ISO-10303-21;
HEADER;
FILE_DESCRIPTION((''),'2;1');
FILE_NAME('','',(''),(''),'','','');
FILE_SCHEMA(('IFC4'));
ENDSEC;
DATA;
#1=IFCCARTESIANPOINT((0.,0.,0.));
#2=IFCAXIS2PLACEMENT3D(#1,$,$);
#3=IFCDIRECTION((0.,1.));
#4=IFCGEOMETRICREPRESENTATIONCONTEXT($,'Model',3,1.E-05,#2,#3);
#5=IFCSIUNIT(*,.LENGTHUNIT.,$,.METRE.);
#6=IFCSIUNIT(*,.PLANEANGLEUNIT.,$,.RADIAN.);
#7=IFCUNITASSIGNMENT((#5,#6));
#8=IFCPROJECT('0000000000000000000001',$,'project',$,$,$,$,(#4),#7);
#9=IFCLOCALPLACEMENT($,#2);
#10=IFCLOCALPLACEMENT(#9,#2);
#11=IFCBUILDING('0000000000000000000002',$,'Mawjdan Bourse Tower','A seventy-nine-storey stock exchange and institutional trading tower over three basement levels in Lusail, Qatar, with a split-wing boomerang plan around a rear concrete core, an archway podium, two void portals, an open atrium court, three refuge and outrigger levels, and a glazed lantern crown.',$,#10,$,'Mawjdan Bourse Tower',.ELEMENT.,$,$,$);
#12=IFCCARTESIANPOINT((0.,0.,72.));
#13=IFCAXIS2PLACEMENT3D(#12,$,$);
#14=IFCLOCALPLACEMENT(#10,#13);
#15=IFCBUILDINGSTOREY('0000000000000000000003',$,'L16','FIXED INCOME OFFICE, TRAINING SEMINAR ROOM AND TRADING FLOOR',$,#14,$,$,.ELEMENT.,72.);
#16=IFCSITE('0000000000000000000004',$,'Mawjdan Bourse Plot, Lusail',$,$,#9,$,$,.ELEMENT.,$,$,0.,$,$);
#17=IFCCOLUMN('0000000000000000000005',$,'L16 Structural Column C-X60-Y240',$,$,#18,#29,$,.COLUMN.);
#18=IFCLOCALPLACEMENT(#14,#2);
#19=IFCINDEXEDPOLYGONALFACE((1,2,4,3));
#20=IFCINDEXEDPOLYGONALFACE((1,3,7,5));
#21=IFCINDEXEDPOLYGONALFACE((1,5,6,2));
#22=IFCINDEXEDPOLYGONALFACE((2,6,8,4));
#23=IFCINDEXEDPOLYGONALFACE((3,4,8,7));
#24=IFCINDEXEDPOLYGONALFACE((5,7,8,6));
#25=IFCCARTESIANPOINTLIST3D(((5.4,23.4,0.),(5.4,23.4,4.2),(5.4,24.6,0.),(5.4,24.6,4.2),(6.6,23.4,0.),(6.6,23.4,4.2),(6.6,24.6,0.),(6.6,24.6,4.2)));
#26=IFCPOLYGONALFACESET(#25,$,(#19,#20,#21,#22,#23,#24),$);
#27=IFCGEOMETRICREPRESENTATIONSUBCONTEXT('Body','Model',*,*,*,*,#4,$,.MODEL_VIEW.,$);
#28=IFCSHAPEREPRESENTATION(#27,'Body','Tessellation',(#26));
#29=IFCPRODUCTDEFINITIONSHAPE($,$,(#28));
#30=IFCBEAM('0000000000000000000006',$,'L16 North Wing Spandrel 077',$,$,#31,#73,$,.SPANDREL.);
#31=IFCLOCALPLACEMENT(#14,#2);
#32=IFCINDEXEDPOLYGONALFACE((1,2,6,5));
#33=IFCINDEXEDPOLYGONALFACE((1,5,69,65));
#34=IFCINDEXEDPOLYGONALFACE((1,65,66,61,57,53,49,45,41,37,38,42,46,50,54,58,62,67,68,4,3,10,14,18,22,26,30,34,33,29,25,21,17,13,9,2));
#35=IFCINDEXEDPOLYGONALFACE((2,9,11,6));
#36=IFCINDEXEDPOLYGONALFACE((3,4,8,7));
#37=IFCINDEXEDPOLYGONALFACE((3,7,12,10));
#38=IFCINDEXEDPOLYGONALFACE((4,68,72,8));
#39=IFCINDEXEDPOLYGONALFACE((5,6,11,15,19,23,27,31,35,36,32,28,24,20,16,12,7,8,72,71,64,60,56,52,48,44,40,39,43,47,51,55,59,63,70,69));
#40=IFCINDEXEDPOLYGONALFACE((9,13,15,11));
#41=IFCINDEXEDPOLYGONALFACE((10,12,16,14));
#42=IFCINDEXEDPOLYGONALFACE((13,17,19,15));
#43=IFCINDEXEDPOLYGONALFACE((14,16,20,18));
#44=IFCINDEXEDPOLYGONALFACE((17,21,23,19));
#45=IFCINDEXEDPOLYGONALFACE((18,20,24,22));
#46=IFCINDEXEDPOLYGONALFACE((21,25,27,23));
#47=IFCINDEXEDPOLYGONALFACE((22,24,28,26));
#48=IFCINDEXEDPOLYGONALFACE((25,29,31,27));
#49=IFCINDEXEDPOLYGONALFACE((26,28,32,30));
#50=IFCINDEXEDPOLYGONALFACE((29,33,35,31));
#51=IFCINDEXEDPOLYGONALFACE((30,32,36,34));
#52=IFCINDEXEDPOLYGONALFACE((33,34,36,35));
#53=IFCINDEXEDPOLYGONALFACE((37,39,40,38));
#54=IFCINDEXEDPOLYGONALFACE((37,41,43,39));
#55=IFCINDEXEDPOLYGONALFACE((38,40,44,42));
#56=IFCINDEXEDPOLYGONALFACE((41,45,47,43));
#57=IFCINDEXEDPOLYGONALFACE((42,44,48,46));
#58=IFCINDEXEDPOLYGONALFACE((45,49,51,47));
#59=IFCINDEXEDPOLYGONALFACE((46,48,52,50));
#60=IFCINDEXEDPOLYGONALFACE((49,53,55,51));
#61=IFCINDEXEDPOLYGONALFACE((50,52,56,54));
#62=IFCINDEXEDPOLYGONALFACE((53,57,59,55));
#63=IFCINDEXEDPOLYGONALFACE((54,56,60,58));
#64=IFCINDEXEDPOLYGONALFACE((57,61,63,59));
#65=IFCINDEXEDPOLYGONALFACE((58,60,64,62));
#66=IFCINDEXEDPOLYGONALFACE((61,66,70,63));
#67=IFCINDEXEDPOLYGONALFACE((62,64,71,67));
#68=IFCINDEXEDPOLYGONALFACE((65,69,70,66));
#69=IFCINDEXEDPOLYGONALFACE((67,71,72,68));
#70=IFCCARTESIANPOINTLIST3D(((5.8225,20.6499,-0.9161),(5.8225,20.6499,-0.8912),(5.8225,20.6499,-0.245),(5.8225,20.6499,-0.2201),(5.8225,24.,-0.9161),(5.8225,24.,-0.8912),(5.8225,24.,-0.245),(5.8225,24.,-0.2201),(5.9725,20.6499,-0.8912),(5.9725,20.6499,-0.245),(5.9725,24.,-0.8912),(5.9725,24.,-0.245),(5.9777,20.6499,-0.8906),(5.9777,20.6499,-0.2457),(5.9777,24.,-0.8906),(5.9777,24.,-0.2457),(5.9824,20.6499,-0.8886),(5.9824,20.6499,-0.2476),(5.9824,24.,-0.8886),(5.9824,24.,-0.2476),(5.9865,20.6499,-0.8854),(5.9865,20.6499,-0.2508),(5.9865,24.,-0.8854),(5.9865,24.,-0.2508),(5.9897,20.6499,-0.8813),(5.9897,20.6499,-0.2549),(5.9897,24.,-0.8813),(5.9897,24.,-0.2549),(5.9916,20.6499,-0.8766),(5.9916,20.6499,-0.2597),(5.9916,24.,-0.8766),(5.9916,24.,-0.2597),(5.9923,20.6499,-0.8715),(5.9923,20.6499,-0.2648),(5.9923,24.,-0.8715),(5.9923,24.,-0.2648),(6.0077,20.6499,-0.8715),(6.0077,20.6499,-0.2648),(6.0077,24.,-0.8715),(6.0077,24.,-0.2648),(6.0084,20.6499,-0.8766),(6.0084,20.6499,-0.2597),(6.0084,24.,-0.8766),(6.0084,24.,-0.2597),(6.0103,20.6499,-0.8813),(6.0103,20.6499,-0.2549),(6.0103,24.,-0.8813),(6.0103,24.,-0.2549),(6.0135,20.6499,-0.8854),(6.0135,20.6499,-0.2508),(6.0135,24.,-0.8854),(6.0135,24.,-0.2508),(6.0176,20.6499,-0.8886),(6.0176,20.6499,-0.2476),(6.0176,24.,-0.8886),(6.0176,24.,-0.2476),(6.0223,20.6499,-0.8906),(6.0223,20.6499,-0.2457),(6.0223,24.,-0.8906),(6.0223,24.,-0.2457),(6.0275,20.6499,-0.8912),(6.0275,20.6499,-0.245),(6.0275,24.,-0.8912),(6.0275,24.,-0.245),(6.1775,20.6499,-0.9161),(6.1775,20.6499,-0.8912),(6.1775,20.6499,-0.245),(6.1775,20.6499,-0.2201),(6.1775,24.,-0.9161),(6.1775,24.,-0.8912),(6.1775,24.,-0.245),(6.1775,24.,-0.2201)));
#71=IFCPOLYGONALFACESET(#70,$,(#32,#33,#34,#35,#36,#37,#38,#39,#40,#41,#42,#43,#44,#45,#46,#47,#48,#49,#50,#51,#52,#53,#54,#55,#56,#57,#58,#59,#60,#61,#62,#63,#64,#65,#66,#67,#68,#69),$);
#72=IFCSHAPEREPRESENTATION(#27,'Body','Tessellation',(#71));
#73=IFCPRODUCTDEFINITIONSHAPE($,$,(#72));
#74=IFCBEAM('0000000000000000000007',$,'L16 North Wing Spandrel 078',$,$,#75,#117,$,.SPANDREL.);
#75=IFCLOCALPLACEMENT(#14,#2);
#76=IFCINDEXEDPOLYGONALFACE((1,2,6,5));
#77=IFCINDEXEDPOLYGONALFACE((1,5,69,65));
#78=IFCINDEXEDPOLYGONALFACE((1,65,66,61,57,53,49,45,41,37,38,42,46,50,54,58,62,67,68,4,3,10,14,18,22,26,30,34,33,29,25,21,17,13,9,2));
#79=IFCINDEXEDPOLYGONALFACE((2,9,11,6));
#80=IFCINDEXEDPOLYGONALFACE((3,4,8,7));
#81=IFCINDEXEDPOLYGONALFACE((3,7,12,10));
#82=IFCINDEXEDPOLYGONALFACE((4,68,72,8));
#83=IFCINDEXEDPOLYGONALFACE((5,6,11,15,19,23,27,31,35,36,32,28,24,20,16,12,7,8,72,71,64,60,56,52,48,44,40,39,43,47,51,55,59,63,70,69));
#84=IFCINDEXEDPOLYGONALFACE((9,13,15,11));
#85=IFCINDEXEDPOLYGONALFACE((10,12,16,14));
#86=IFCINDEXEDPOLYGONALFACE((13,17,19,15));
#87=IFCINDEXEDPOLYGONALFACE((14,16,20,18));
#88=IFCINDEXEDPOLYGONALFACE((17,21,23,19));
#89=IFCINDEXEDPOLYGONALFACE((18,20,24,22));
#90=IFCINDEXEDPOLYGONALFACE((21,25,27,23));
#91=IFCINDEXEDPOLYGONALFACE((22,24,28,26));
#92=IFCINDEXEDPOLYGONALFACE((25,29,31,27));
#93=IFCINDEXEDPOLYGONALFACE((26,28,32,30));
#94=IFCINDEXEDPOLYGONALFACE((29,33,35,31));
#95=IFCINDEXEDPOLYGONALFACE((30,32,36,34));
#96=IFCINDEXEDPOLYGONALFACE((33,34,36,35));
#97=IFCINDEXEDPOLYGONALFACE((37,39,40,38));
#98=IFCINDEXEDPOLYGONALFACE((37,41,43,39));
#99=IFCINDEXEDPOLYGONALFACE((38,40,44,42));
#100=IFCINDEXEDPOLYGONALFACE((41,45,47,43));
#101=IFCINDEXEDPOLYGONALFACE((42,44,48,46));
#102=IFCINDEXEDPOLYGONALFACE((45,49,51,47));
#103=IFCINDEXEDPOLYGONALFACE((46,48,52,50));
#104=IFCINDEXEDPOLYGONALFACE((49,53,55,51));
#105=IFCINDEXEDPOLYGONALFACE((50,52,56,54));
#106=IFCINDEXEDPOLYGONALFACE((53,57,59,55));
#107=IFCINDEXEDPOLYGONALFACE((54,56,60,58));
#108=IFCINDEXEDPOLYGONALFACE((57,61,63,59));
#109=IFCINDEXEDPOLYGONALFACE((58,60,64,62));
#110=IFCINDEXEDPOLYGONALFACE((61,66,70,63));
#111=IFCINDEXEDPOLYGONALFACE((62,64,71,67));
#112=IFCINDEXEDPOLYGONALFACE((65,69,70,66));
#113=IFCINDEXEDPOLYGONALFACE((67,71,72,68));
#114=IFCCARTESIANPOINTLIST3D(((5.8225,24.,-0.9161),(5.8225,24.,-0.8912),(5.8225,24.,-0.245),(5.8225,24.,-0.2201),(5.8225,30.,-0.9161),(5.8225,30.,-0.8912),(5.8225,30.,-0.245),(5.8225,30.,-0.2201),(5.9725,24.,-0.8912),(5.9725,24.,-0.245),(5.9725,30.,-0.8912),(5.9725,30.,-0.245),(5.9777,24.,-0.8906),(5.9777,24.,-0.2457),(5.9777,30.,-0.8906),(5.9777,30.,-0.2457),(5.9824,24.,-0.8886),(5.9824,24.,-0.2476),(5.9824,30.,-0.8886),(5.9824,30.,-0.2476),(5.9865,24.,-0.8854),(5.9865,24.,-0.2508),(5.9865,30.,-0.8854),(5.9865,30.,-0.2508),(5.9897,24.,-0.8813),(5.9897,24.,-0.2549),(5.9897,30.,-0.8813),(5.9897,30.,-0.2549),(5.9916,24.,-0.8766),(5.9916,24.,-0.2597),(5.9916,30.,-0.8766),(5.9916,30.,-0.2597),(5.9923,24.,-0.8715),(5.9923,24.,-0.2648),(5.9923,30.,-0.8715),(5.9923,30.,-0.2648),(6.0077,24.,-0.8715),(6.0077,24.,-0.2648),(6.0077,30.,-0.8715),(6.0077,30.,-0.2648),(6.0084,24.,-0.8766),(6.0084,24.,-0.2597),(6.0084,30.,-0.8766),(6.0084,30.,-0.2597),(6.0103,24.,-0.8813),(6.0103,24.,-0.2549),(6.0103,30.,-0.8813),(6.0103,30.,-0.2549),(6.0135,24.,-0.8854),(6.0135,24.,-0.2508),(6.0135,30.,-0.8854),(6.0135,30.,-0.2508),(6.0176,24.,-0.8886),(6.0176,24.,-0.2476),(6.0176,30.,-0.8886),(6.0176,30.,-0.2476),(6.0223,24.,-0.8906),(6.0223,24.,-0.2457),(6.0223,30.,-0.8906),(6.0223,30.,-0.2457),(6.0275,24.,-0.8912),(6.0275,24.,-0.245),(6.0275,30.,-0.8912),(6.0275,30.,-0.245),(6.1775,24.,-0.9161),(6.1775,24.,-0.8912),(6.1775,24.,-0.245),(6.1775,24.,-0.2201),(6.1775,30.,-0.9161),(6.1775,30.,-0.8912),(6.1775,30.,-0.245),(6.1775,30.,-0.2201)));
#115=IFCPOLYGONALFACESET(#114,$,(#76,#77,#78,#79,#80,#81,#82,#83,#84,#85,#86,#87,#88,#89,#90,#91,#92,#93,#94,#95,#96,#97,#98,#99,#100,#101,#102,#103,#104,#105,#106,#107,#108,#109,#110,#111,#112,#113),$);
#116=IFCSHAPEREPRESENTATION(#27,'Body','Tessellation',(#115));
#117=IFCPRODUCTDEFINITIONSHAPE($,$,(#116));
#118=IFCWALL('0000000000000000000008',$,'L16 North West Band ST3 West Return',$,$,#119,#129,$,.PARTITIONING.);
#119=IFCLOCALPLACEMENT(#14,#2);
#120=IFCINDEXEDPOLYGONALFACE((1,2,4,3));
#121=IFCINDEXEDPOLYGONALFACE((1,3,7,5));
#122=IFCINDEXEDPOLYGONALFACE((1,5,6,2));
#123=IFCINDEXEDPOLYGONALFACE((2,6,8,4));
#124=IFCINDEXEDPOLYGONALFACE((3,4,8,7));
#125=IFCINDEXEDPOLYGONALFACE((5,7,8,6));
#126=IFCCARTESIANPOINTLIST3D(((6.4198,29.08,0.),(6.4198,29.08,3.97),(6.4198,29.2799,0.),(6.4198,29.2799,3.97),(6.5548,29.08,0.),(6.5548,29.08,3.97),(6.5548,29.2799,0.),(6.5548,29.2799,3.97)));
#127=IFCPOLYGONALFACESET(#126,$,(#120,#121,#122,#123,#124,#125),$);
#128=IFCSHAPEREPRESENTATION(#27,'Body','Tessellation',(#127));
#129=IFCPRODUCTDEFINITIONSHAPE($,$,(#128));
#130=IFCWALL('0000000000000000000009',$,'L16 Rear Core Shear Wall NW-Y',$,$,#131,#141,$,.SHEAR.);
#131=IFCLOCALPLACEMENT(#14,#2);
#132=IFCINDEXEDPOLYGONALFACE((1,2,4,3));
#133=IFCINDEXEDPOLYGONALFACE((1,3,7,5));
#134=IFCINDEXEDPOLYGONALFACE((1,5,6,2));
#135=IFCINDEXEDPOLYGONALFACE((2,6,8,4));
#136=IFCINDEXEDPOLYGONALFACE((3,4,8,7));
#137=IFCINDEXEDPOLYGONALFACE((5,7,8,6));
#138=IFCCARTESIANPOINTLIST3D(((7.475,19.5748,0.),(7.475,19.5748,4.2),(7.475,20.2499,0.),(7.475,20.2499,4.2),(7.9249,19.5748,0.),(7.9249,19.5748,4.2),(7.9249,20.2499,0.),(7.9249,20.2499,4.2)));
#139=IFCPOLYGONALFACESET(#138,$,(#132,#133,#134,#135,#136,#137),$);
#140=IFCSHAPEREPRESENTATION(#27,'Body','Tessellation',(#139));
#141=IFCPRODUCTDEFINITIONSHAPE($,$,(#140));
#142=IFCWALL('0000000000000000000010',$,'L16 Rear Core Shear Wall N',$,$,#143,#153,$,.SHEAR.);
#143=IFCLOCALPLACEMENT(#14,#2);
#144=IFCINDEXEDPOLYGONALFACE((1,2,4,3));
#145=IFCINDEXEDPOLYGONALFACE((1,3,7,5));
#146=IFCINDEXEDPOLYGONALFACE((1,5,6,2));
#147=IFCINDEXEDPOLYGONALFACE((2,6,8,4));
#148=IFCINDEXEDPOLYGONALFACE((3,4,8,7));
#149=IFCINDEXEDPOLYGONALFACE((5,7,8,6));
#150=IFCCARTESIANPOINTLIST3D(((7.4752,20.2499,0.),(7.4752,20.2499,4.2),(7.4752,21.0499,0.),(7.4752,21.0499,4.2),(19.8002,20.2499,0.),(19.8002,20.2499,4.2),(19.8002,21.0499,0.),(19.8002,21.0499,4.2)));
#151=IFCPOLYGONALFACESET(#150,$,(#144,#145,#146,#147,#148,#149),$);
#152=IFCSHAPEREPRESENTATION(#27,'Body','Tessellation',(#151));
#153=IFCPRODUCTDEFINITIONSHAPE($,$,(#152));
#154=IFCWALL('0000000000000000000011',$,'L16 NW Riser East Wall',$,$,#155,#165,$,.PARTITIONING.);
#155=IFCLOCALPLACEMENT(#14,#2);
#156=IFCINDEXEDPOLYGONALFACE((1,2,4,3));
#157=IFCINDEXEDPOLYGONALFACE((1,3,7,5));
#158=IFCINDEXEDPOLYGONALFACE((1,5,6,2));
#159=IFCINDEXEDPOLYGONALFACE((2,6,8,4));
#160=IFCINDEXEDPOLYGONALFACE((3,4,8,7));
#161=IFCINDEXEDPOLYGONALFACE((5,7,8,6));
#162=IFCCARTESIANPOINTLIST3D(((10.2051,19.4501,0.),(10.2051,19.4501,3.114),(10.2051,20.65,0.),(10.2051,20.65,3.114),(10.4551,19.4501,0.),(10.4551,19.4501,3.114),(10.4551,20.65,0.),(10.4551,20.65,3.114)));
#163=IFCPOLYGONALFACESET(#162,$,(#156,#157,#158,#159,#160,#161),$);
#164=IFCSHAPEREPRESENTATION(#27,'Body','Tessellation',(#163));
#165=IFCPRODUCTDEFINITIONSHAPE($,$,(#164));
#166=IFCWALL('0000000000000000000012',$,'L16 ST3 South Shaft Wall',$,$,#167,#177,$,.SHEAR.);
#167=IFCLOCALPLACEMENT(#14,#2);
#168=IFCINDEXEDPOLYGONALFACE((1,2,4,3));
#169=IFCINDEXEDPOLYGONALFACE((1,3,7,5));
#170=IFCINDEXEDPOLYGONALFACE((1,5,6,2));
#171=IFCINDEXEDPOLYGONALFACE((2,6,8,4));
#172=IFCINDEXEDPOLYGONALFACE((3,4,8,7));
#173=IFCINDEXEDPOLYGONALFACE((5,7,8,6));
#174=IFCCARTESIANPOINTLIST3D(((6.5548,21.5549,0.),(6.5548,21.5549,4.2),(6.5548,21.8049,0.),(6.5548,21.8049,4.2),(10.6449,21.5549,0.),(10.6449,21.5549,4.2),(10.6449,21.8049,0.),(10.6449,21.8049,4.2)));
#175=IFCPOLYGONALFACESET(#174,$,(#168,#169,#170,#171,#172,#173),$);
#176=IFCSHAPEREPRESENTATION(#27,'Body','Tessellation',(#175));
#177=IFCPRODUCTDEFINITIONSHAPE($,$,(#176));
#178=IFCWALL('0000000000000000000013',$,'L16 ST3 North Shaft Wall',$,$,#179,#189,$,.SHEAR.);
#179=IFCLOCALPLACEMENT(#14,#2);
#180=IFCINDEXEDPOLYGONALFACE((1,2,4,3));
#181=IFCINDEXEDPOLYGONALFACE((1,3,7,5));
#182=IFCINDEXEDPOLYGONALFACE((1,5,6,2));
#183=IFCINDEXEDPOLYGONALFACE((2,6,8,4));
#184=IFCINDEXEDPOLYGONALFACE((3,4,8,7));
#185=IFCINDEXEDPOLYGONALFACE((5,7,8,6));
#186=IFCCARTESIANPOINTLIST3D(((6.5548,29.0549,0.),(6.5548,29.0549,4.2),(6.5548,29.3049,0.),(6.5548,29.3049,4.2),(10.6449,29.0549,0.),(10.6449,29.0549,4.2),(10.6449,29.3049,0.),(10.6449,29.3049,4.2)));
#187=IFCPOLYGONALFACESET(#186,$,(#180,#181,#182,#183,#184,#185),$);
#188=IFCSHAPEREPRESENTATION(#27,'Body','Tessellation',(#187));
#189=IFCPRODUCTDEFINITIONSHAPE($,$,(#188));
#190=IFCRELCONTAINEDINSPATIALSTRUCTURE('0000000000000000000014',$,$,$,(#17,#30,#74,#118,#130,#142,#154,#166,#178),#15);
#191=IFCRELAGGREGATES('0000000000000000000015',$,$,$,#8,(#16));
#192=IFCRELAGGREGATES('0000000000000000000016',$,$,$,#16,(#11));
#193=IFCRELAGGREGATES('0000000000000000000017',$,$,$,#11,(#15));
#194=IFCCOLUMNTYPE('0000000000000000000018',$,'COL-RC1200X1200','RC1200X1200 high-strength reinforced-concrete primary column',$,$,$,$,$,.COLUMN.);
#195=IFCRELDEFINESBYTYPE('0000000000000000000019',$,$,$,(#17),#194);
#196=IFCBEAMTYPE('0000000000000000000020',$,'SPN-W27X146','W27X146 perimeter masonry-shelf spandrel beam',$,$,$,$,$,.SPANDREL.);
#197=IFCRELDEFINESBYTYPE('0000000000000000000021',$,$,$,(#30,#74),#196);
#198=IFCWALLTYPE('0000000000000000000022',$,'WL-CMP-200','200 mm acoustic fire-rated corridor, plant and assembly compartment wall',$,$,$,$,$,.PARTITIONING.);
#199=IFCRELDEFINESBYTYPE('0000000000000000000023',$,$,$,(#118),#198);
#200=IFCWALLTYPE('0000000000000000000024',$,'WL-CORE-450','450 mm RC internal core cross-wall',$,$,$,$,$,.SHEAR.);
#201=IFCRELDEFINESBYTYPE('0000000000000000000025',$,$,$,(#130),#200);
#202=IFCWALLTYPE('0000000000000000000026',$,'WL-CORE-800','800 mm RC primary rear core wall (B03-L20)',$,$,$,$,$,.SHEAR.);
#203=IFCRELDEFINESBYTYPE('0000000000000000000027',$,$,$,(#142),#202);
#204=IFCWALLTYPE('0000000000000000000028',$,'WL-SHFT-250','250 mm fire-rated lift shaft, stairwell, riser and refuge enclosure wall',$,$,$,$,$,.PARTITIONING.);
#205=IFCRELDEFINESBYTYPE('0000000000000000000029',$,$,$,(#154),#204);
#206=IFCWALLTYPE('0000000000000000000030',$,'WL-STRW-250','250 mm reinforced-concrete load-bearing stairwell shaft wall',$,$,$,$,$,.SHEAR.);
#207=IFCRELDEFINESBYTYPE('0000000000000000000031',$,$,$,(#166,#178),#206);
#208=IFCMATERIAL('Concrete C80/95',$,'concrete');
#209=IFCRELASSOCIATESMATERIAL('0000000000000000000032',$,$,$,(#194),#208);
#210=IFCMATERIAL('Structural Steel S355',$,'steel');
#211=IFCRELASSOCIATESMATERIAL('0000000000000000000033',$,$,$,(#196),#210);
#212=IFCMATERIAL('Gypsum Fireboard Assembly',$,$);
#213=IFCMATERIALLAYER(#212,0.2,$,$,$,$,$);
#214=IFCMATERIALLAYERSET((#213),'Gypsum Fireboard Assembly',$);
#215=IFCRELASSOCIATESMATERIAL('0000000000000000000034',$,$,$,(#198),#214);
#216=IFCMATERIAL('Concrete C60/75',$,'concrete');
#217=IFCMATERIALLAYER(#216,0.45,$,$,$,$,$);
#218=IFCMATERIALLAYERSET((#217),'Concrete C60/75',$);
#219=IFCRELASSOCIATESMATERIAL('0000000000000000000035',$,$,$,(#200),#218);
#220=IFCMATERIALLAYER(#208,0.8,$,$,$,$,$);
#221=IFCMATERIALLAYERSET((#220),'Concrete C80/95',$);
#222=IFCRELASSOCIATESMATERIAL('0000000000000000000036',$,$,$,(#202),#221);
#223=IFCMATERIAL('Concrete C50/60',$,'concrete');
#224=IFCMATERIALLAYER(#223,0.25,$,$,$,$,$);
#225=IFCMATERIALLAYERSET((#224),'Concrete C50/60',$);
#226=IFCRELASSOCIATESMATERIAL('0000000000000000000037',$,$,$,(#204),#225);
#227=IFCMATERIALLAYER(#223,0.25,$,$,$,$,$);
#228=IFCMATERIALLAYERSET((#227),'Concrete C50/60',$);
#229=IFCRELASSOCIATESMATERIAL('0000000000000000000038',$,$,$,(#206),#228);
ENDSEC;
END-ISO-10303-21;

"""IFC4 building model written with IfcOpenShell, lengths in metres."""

from ifc_helpers import new_model, si_unit, direction, frame, frame_2d, origin, origin_2d, place, context, subcontext, project, spatial, rectangle, i_section, extrude, material, layer, layer_set, material_profile, profile_set, type_object, element, save


model = new_model("IFC4")

# Units and contexts
model_context = context("Model", 3, precision=1e-05, world=origin(), true_north=direction((0.0, 1.0)))
body_context = subcontext(model_context, "Body", "Model", "MODEL_VIEW")
ifc_project = project(units=[si_unit("LENGTHUNIT", "METRE"), si_unit("PLANEANGLEUNIT", "RADIAN")], contexts=[model_context])

# Site, building, storey
site_placement = place(None, origin())
site = spatial("IfcSite", under=ifc_project, at=site_placement, Name="Mawjdan Bourse Plot, Lusail", CompositionType="ELEMENT", RefElevation=0.0)
building_placement = place(site_placement, origin())
building = spatial("IfcBuilding", under=site, at=building_placement, Name="Mawjdan Bourse Tower", Description="A seventy-nine-storey stock exchange and institutional trading tower over three basement levels in Lusail, Qatar, with a split-wing boomerang plan around a rear concrete core, an archway podium, two void portals, an open atrium court, three refuge and outrigger levels, and a glazed lantern crown.", LongName="Mawjdan Bourse Tower", CompositionType="ELEMENT")
storey_placement = place(building_placement, frame((0.0, 0.0, 72.0)))
storey = spatial("IfcBuildingStorey", under=building, at=storey_placement, Name="L16", Description="FIXED INCOME OFFICE, TRAINING SEMINAR ROOM AND TRADING FLOOR", CompositionType="ELEMENT", Elevation=72.0)

# Column
ifc_material_1 = material(Name="Concrete C80/95", Category="concrete")
ifc_material_profile_1 = material_profile(ifc_material_1, rectangle(XDim=1.2, YDim=1.2, at=origin_2d()), Name="RC1200X1200")
ifc_profile_set_1 = profile_set([ifc_material_profile_1], Name="Concrete C80/95")
column_type = type_object("IfcColumnType", Name="COL-RC1200X1200", Description="RC1200X1200 high-strength reinforced-concrete primary column", PredefinedType="COLUMN", material=ifc_profile_set_1)
column_placement = place(storey_placement, frame((6.0, 24.0, 0.0), z_axis=(0.0, 0.0, 1.0), x_axis=(1.0, 0.0, 0.0)))
element("IfcColumn", 1, at=column_placement, inside=storey, type_object=column_type, Name="L16 Structural Column C-X60-Y240", PredefinedType="COLUMN", context=body_context, shape_type="SweptSolid", body=[
    extrude(rectangle(XDim=1.2, YDim=1.2, at=origin_2d()), origin(), (0.0, 0.0, 1.0), 4.2),
])

# Beams
ifc_material_2 = material(Name="Structural Steel S355", Category="steel")
ifc_material_profile_2 = material_profile(ifc_material_2, i_section(OverallWidth=0.355, OverallDepth=0.696, WebThickness=0.0154, FlangeThickness=0.0249, FilletRadius=0.0198, at=origin_2d()), Name="W27X146")
ifc_profile_set_2 = profile_set([ifc_material_profile_2], Name="Structural Steel S355")
beam_type = type_object("IfcBeamType", Name="SPN-W27X146", Description="W27X146 perimeter masonry-shelf spandrel beam", PredefinedType="SPANDREL", material=ifc_profile_set_2)
beam_1_placement = place(storey_placement, frame((6.0, 20.6499, -0.5681), z_axis=(0.0, 1.0, 0.0), x_axis=(-1.0, 0.0, 0.0)))
element("IfcBeam", 2, at=beam_1_placement, inside=storey, type_object=beam_type, Name="L16 North Wing Spandrel 077", PredefinedType="SPANDREL", context=body_context, shape_type="SweptSolid", body=[
    extrude(i_section(OverallWidth=0.355, OverallDepth=0.696, WebThickness=0.0154, FlangeThickness=0.0249, FilletRadius=0.0198, at=origin_2d()), origin(), (0.0, 0.0, 1.0), 3.3501),
])
beam_2_placement = place(storey_placement, frame((6.0, 24.0, -0.5681), z_axis=(0.0, 1.0, 0.0), x_axis=(-1.0, 0.0, 0.0)))
element("IfcBeam", 3, at=beam_2_placement, inside=storey, type_object=beam_type, Name="L16 North Wing Spandrel 078", PredefinedType="SPANDREL", context=body_context, shape_type="SweptSolid", body=[
    extrude(i_section(OverallWidth=0.355, OverallDepth=0.696, WebThickness=0.0154, FlangeThickness=0.0249, FilletRadius=0.0198, at=origin_2d()), origin(), (0.0, 0.0, 1.0), 6.0),
])

# Walls
ifc_material_3 = material(Name="Gypsum Fireboard Assembly")
ifc_layer_1 = layer(ifc_material_3, 0.2)
ifc_layer_set_1 = layer_set([ifc_layer_1], Name="Gypsum Fireboard Assembly")
wall_type_1 = type_object("IfcWallType", Name="WL-CMP-200", Description="200 mm acoustic fire-rated corridor, plant and assembly compartment wall", PredefinedType="PARTITIONING", material=ifc_layer_set_1)
wall_1_placement = place(storey_placement, frame((6.4199, 29.1799, 0.0), z_axis=(0.0, 0.0, 1.0), x_axis=(1.0, 0.0, 0.0)))
element("IfcWall", 4, at=wall_1_placement, inside=storey, type_object=wall_type_1, Name="L16 North West Band ST3 West Return", PredefinedType="PARTITIONING", context=body_context, shape_type="SweptSolid", body=[
    extrude(rectangle(XDim=0.135, YDim=0.2, at=frame_2d((0.0674, 0.0))), origin(), (0.0, 0.0, 1.0), 3.97),
])
ifc_material_4 = material(Name="Concrete C60/75", Category="concrete")
ifc_layer_2 = layer(ifc_material_4, 0.45)
ifc_layer_set_2 = layer_set([ifc_layer_2], Name="Concrete C60/75")
wall_type_2 = type_object("IfcWallType", Name="WL-CORE-450", Description="450 mm RC internal core cross-wall", PredefinedType="SHEAR", material=ifc_layer_set_2)
wall_2_placement = place(storey_placement, frame((7.7, 19.575, 0.0), z_axis=(0.0, 0.0, 1.0), x_axis=(0.0, 1.0, 0.0)))
element("IfcWall", 5, at=wall_2_placement, inside=storey, type_object=wall_type_2, Name="L16 Rear Core Shear Wall NW-Y", PredefinedType="SHEAR", context=body_context, shape_type="SweptSolid", body=[
    extrude(rectangle(XDim=0.675, YDim=0.45, at=frame_2d((0.3374, 0.0))), origin(), (0.0, 0.0, 1.0), 4.2),
])
ifc_layer_3 = layer(ifc_material_1, 0.8)
ifc_layer_set_3 = layer_set([ifc_layer_3], Name="Concrete C80/95")
wall_type_3 = type_object("IfcWallType", Name="WL-CORE-800", Description="800 mm RC primary rear core wall (B03-L20)", PredefinedType="SHEAR", material=ifc_layer_set_3)
wall_3_placement = place(storey_placement, frame((7.4751, 20.6499, 0.0), z_axis=(0.0, 0.0, 1.0), x_axis=(1.0, 0.0, 0.0)))
element("IfcWall", 6, at=wall_3_placement, inside=storey, type_object=wall_type_3, Name="L16 Rear Core Shear Wall N", PredefinedType="SHEAR", context=body_context, shape_type="SweptSolid", body=[
    extrude(rectangle(XDim=12.325, YDim=0.8, at=frame_2d((6.1626, 0.0))), origin(), (0.0, 0.0, 1.0), 4.2),
])
ifc_material_5 = material(Name="Concrete C50/60", Category="concrete")
ifc_layer_4 = layer(ifc_material_5, 0.25)
ifc_layer_set_4 = layer_set([ifc_layer_4], Name="Concrete C50/60")
wall_type_4 = type_object("IfcWallType", Name="WL-SHFT-250", Description="250 mm fire-rated lift shaft, stairwell, riser and refuge enclosure wall", PredefinedType="PARTITIONING", material=ifc_layer_set_4)
wall_4_placement = place(storey_placement, frame((10.3301, 19.45, 0.0), z_axis=(0.0, 0.0, 1.0), x_axis=(0.0, 1.0, 0.0)))
element("IfcWall", 7, at=wall_4_placement, inside=storey, type_object=wall_type_4, Name="L16 NW Riser East Wall", PredefinedType="PARTITIONING", context=body_context, shape_type="SweptSolid", body=[
    extrude(rectangle(XDim=1.2, YDim=0.25, at=frame_2d((0.6001, 0.0))), origin(), (0.0, 0.0, 1.0), 3.114),
])
ifc_layer_5 = layer(ifc_material_5, 0.25)
ifc_layer_set_5 = layer_set([ifc_layer_5], Name="Concrete C50/60")
wall_type_5 = type_object("IfcWallType", Name="WL-STRW-250", Description="250 mm reinforced-concrete load-bearing stairwell shaft wall", PredefinedType="SHEAR", material=ifc_layer_set_5)
for number, where, z_axis, x_axis, name in (
    (8, (6.5549, 21.6799, 0.0), (0.0, 0.0, 1.0), (1.0, 0.0, 0.0), "L16 ST3 South Shaft Wall"),
    (9, (6.5549, 29.1799, 0.0), (0.0, 0.0, 1.0), (1.0, 0.0, 0.0), "L16 ST3 North Shaft Wall"),
):
    element("IfcWall", number, at=place(storey_placement, frame(where, z_axis=z_axis, x_axis=x_axis)), inside=storey, type_object=wall_type_5, Name=name, PredefinedType="SHEAR", context=body_context, shape_type="SweptSolid", body=[
        extrude(rectangle(XDim=4.0901, YDim=0.25, at=frame_2d((2.0449, 0.0))), origin(), (0.0, 0.0, 1.0), 4.2),
    ])

save(model, "model.ifc")
